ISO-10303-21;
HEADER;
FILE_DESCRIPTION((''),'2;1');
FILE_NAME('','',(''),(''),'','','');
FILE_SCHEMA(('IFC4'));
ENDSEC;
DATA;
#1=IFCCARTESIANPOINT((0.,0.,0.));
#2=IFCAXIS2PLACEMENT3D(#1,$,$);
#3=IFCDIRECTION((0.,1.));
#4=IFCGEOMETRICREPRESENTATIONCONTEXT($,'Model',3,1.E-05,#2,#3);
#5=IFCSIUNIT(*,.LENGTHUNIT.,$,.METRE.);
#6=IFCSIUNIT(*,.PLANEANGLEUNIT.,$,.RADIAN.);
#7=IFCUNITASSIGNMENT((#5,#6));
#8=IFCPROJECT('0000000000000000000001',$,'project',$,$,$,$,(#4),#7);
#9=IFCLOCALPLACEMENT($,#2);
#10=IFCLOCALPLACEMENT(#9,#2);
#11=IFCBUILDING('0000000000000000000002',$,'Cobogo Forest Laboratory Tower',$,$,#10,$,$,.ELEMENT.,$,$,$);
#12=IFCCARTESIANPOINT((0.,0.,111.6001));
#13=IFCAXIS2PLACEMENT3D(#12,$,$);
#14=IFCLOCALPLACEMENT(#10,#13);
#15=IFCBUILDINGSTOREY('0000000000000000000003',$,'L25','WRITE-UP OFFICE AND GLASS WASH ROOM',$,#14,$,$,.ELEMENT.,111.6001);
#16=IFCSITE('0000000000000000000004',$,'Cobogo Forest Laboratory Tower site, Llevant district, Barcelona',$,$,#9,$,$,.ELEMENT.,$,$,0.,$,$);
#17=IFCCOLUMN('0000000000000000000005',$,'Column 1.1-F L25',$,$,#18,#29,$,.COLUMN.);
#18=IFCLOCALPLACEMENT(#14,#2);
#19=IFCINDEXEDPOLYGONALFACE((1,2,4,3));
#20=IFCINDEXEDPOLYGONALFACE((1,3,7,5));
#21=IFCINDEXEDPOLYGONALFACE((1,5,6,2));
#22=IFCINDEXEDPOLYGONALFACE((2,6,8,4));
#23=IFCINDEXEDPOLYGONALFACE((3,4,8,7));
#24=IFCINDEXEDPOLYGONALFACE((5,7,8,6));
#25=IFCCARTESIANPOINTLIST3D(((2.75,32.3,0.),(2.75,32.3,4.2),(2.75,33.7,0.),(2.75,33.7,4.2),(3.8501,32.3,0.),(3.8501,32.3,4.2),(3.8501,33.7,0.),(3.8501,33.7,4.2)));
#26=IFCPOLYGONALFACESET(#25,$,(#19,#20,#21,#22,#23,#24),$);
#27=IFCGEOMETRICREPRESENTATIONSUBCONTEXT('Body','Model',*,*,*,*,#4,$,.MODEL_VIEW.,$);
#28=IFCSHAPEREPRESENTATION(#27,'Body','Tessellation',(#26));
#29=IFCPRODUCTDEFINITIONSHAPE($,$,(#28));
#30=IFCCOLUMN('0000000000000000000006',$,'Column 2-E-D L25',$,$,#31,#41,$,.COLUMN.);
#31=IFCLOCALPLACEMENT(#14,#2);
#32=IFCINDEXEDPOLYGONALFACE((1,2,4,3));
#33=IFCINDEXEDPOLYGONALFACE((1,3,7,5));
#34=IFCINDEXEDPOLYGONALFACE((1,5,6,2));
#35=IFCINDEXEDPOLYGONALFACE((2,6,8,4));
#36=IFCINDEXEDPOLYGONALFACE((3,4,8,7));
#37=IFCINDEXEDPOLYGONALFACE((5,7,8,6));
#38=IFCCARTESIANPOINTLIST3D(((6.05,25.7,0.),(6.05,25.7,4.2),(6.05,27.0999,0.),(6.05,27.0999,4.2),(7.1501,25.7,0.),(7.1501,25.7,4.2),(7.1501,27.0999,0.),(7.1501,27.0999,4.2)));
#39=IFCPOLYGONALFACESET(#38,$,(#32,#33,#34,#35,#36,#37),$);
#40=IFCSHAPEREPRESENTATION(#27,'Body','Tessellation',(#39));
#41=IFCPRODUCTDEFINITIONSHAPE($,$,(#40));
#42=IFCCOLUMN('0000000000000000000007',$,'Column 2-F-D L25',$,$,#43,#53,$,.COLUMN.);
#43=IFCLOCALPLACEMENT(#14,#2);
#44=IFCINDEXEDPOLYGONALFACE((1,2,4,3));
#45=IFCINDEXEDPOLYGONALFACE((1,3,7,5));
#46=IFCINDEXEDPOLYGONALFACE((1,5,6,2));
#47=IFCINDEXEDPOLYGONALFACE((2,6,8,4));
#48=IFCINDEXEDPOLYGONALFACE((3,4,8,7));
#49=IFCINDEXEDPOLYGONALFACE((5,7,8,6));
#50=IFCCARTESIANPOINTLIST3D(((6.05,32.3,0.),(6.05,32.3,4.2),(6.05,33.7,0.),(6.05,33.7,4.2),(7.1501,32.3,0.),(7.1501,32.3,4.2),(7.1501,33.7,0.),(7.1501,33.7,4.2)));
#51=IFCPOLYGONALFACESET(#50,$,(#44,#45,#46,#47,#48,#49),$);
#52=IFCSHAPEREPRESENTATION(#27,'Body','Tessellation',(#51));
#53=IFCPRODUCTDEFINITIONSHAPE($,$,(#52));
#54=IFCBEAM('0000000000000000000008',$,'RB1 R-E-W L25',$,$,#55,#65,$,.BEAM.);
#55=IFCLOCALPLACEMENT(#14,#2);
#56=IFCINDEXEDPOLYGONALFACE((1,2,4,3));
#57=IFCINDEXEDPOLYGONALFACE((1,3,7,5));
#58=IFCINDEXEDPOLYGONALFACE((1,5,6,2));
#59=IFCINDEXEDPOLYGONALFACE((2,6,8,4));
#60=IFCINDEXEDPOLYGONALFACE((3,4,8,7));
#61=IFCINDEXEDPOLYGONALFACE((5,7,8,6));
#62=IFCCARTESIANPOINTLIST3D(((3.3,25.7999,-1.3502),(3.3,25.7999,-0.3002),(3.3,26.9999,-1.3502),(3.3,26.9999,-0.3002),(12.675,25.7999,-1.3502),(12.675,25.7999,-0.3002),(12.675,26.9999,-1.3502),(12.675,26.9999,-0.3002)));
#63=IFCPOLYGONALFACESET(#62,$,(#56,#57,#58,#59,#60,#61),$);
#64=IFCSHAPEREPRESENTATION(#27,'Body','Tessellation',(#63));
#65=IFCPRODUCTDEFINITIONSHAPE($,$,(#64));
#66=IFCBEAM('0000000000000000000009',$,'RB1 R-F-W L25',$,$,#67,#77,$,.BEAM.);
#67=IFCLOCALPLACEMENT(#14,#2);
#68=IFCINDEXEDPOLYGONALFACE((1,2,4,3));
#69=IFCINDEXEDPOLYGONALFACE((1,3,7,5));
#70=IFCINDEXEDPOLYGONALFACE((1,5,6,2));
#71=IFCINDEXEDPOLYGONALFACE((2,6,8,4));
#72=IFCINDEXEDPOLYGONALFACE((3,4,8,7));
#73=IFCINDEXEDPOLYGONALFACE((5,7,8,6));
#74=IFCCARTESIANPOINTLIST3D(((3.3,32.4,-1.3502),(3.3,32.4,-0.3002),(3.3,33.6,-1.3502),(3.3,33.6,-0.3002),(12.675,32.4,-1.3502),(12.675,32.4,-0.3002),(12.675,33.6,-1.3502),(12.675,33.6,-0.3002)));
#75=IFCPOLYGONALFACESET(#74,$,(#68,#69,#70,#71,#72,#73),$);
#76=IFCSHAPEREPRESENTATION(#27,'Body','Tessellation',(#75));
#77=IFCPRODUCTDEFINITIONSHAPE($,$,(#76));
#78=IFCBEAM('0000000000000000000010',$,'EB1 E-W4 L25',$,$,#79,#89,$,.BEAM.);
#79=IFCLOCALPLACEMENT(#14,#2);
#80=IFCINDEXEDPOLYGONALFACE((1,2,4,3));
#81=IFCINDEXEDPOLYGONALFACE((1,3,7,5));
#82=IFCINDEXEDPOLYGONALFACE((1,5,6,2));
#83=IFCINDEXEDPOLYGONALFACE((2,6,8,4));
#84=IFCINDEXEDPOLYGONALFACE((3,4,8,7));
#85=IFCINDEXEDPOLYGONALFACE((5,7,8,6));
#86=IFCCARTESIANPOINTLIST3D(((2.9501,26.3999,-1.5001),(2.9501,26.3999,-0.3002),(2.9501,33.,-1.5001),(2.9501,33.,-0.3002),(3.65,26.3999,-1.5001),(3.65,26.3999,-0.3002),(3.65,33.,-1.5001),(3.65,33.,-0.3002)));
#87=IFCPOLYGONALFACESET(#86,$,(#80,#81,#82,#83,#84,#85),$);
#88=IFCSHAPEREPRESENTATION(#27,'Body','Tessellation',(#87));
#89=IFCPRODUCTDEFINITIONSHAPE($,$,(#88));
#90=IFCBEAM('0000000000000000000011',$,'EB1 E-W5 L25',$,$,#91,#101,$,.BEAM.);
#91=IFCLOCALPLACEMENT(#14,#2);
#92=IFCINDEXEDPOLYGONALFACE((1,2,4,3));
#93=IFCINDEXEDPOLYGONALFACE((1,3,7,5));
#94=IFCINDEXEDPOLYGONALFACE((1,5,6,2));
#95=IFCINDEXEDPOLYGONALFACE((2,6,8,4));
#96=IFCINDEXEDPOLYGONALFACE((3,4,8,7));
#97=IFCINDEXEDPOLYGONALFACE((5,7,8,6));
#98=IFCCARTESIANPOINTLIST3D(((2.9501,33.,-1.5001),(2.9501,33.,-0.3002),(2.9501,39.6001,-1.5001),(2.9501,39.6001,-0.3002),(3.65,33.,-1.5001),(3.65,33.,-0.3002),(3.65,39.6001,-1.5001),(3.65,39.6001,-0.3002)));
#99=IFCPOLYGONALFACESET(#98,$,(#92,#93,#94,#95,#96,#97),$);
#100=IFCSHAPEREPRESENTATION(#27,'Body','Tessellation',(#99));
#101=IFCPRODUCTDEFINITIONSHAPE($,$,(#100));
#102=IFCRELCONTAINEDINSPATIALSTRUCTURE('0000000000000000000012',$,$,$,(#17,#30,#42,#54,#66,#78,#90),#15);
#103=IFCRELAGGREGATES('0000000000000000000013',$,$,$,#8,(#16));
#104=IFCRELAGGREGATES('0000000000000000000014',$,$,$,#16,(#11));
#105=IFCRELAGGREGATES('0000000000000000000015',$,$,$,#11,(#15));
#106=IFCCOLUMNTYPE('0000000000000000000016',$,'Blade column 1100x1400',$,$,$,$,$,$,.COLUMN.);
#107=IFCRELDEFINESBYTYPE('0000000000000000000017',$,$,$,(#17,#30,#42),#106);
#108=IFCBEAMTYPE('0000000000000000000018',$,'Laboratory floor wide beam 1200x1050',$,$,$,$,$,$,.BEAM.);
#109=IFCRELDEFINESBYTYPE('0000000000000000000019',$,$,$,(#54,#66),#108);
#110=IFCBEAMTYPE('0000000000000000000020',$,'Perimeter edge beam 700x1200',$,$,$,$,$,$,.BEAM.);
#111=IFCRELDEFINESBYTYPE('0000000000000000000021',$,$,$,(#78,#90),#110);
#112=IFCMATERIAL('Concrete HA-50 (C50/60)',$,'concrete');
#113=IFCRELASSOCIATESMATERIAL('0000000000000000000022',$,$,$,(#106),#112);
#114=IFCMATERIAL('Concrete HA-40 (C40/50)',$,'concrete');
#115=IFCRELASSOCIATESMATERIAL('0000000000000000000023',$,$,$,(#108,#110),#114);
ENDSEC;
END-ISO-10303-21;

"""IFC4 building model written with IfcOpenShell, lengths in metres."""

from ifc_helpers import new_model, si_unit, direction, frame, origin, origin_2d, place, context, subcontext, project, spatial, rectangle, extrude, material, material_profile, profile_set, type_object, element, save


model = new_model("IFC4")

# Units and contexts
model_context = context("Model", 3, precision=1e-05, world=origin(), true_north=direction((0.0, 1.0)))
body_context = subcontext(model_context, "Body", "Model", "MODEL_VIEW")
ifc_project = project(units=[si_unit("LENGTHUNIT", "METRE"), si_unit("PLANEANGLEUNIT", "RADIAN")], contexts=[model_context])

# Site, building, storey
site_placement = place(None, origin())
site = spatial("IfcSite", under=ifc_project, at=site_placement, Name="Cobogo Forest Laboratory Tower site, Llevant district, Barcelona", CompositionType="ELEMENT", RefElevation=0.0)
building_placement = place(site_placement, origin())
building = spatial("IfcBuilding", under=site, at=building_placement, Name="Cobogo Forest Laboratory Tower", CompositionType="ELEMENT")
storey_placement = place(building_placement, frame((0.0, 0.0, 111.6001)))
storey = spatial("IfcBuildingStorey", under=building, at=storey_placement, Name="L25", Description="WRITE-UP OFFICE AND GLASS WASH ROOM", CompositionType="ELEMENT", Elevation=111.6001)

# Columns
ifc_material_1 = material(Name="Concrete HA-50 (C50/60)", Category="concrete")
ifc_material_profile_1 = material_profile(ifc_material_1, rectangle(XDim=1.3999, YDim=1.1001, at=origin_2d()), Name="RC 1100x1400")
ifc_profile_set_1 = profile_set([ifc_material_profile_1], Name="Concrete HA-50 (C50/60)")
column_type = type_object("IfcColumnType", Name="Blade column 1100x1400", PredefinedType="COLUMN", material=ifc_profile_set_1)
for number, where, z_axis, x_axis, name in (
    (1, (3.3, 33.0, 0.0), (0.0, 0.0, 1.0), (0.0, 1.0, 0.0), "Column 1.1-F L25"),
    (2, (6.6001, 26.3999, 0.0), (0.0, 0.0, 1.0), (0.0, 1.0, 0.0), "Column 2-E-D L25"),
    (3, (6.6001, 33.0, 0.0), (0.0, 0.0, 1.0), (0.0, 1.0, 0.0), "Column 2-F-D L25"),
):
    element("IfcColumn", number, at=place(storey_placement, frame(where, z_axis=z_axis, x_axis=x_axis)), inside=storey, type_object=column_type, Name=name, PredefinedType="COLUMN", context=body_context, shape_type="SweptSolid", body=[
        extrude(rectangle(XDim=1.3999, YDim=1.1001, at=origin_2d()), origin(), (0.0, 0.0, 1.0), 4.2),
    ])

# Beams
ifc_material_2 = material(Name="Concrete HA-40 (C40/50)", Category="concrete")
ifc_material_profile_2 = material_profile(ifc_material_2, rectangle(XDim=1.2, YDim=1.05, at=origin_2d()), Name="RC 1200x1050")
ifc_profile_set_2 = profile_set([ifc_material_profile_2], Name="Concrete HA-40 (C40/50)")
beam_type_1 = type_object("IfcBeamType", Name="Laboratory floor wide beam 1200x1050", PredefinedType="BEAM", material=ifc_profile_set_2)
for number, where, z_axis, x_axis, name in (
    (4, (12.675, 26.3999, -0.8252), (-1.0, 0.0, 0.0), (0.0, -1.0, 0.0), "RB1 R-E-W L25"),
    (5, (12.675, 33.0, -0.8252), (-1.0, 0.0, 0.0), (0.0, -1.0, 0.0), "RB1 R-F-W L25"),
):
    element("IfcBeam", number, at=place(storey_placement, frame(where, z_axis=z_axis, x_axis=x_axis)), inside=storey, type_object=beam_type_1, Name=name, PredefinedType="BEAM", context=body_context, shape_type="SweptSolid", body=[
        extrude(rectangle(XDim=1.2, YDim=1.05, at=origin_2d()), origin(), (0.0, 0.0, 1.0), 9.375),
    ])
ifc_material_profile_3 = material_profile(ifc_material_2, rectangle(XDim=0.7, YDim=1.2, at=origin_2d()), Name="RC 700x1200")
ifc_profile_set_3 = profile_set([ifc_material_profile_3], Name="Concrete HA-40 (C40/50)")
beam_type_2 = type_object("IfcBeamType", Name="Perimeter edge beam 700x1200", PredefinedType="BEAM", material=ifc_profile_set_3)
for number, where, z_axis, x_axis, name in (
    (6, (3.3, 26.3999, -0.9001), (0.0, 1.0, 0.0), (-1.0, 0.0, 0.0), "EB1 E-W4 L25"),
    (7, (3.3, 33.0, -0.9001), (0.0, 1.0, 0.0), (-1.0, 0.0, 0.0), "EB1 E-W5 L25"),
):
    element("IfcBeam", number, at=place(storey_placement, frame(where, z_axis=z_axis, x_axis=x_axis)), inside=storey, type_object=beam_type_2, Name=name, PredefinedType="BEAM", context=body_context, shape_type="SweptSolid", body=[
        extrude(rectangle(XDim=0.7, YDim=1.2, at=origin_2d()), origin(), (0.0, 0.0, 1.0), 6.6001),
    ])

save(model, "model.ifc")
